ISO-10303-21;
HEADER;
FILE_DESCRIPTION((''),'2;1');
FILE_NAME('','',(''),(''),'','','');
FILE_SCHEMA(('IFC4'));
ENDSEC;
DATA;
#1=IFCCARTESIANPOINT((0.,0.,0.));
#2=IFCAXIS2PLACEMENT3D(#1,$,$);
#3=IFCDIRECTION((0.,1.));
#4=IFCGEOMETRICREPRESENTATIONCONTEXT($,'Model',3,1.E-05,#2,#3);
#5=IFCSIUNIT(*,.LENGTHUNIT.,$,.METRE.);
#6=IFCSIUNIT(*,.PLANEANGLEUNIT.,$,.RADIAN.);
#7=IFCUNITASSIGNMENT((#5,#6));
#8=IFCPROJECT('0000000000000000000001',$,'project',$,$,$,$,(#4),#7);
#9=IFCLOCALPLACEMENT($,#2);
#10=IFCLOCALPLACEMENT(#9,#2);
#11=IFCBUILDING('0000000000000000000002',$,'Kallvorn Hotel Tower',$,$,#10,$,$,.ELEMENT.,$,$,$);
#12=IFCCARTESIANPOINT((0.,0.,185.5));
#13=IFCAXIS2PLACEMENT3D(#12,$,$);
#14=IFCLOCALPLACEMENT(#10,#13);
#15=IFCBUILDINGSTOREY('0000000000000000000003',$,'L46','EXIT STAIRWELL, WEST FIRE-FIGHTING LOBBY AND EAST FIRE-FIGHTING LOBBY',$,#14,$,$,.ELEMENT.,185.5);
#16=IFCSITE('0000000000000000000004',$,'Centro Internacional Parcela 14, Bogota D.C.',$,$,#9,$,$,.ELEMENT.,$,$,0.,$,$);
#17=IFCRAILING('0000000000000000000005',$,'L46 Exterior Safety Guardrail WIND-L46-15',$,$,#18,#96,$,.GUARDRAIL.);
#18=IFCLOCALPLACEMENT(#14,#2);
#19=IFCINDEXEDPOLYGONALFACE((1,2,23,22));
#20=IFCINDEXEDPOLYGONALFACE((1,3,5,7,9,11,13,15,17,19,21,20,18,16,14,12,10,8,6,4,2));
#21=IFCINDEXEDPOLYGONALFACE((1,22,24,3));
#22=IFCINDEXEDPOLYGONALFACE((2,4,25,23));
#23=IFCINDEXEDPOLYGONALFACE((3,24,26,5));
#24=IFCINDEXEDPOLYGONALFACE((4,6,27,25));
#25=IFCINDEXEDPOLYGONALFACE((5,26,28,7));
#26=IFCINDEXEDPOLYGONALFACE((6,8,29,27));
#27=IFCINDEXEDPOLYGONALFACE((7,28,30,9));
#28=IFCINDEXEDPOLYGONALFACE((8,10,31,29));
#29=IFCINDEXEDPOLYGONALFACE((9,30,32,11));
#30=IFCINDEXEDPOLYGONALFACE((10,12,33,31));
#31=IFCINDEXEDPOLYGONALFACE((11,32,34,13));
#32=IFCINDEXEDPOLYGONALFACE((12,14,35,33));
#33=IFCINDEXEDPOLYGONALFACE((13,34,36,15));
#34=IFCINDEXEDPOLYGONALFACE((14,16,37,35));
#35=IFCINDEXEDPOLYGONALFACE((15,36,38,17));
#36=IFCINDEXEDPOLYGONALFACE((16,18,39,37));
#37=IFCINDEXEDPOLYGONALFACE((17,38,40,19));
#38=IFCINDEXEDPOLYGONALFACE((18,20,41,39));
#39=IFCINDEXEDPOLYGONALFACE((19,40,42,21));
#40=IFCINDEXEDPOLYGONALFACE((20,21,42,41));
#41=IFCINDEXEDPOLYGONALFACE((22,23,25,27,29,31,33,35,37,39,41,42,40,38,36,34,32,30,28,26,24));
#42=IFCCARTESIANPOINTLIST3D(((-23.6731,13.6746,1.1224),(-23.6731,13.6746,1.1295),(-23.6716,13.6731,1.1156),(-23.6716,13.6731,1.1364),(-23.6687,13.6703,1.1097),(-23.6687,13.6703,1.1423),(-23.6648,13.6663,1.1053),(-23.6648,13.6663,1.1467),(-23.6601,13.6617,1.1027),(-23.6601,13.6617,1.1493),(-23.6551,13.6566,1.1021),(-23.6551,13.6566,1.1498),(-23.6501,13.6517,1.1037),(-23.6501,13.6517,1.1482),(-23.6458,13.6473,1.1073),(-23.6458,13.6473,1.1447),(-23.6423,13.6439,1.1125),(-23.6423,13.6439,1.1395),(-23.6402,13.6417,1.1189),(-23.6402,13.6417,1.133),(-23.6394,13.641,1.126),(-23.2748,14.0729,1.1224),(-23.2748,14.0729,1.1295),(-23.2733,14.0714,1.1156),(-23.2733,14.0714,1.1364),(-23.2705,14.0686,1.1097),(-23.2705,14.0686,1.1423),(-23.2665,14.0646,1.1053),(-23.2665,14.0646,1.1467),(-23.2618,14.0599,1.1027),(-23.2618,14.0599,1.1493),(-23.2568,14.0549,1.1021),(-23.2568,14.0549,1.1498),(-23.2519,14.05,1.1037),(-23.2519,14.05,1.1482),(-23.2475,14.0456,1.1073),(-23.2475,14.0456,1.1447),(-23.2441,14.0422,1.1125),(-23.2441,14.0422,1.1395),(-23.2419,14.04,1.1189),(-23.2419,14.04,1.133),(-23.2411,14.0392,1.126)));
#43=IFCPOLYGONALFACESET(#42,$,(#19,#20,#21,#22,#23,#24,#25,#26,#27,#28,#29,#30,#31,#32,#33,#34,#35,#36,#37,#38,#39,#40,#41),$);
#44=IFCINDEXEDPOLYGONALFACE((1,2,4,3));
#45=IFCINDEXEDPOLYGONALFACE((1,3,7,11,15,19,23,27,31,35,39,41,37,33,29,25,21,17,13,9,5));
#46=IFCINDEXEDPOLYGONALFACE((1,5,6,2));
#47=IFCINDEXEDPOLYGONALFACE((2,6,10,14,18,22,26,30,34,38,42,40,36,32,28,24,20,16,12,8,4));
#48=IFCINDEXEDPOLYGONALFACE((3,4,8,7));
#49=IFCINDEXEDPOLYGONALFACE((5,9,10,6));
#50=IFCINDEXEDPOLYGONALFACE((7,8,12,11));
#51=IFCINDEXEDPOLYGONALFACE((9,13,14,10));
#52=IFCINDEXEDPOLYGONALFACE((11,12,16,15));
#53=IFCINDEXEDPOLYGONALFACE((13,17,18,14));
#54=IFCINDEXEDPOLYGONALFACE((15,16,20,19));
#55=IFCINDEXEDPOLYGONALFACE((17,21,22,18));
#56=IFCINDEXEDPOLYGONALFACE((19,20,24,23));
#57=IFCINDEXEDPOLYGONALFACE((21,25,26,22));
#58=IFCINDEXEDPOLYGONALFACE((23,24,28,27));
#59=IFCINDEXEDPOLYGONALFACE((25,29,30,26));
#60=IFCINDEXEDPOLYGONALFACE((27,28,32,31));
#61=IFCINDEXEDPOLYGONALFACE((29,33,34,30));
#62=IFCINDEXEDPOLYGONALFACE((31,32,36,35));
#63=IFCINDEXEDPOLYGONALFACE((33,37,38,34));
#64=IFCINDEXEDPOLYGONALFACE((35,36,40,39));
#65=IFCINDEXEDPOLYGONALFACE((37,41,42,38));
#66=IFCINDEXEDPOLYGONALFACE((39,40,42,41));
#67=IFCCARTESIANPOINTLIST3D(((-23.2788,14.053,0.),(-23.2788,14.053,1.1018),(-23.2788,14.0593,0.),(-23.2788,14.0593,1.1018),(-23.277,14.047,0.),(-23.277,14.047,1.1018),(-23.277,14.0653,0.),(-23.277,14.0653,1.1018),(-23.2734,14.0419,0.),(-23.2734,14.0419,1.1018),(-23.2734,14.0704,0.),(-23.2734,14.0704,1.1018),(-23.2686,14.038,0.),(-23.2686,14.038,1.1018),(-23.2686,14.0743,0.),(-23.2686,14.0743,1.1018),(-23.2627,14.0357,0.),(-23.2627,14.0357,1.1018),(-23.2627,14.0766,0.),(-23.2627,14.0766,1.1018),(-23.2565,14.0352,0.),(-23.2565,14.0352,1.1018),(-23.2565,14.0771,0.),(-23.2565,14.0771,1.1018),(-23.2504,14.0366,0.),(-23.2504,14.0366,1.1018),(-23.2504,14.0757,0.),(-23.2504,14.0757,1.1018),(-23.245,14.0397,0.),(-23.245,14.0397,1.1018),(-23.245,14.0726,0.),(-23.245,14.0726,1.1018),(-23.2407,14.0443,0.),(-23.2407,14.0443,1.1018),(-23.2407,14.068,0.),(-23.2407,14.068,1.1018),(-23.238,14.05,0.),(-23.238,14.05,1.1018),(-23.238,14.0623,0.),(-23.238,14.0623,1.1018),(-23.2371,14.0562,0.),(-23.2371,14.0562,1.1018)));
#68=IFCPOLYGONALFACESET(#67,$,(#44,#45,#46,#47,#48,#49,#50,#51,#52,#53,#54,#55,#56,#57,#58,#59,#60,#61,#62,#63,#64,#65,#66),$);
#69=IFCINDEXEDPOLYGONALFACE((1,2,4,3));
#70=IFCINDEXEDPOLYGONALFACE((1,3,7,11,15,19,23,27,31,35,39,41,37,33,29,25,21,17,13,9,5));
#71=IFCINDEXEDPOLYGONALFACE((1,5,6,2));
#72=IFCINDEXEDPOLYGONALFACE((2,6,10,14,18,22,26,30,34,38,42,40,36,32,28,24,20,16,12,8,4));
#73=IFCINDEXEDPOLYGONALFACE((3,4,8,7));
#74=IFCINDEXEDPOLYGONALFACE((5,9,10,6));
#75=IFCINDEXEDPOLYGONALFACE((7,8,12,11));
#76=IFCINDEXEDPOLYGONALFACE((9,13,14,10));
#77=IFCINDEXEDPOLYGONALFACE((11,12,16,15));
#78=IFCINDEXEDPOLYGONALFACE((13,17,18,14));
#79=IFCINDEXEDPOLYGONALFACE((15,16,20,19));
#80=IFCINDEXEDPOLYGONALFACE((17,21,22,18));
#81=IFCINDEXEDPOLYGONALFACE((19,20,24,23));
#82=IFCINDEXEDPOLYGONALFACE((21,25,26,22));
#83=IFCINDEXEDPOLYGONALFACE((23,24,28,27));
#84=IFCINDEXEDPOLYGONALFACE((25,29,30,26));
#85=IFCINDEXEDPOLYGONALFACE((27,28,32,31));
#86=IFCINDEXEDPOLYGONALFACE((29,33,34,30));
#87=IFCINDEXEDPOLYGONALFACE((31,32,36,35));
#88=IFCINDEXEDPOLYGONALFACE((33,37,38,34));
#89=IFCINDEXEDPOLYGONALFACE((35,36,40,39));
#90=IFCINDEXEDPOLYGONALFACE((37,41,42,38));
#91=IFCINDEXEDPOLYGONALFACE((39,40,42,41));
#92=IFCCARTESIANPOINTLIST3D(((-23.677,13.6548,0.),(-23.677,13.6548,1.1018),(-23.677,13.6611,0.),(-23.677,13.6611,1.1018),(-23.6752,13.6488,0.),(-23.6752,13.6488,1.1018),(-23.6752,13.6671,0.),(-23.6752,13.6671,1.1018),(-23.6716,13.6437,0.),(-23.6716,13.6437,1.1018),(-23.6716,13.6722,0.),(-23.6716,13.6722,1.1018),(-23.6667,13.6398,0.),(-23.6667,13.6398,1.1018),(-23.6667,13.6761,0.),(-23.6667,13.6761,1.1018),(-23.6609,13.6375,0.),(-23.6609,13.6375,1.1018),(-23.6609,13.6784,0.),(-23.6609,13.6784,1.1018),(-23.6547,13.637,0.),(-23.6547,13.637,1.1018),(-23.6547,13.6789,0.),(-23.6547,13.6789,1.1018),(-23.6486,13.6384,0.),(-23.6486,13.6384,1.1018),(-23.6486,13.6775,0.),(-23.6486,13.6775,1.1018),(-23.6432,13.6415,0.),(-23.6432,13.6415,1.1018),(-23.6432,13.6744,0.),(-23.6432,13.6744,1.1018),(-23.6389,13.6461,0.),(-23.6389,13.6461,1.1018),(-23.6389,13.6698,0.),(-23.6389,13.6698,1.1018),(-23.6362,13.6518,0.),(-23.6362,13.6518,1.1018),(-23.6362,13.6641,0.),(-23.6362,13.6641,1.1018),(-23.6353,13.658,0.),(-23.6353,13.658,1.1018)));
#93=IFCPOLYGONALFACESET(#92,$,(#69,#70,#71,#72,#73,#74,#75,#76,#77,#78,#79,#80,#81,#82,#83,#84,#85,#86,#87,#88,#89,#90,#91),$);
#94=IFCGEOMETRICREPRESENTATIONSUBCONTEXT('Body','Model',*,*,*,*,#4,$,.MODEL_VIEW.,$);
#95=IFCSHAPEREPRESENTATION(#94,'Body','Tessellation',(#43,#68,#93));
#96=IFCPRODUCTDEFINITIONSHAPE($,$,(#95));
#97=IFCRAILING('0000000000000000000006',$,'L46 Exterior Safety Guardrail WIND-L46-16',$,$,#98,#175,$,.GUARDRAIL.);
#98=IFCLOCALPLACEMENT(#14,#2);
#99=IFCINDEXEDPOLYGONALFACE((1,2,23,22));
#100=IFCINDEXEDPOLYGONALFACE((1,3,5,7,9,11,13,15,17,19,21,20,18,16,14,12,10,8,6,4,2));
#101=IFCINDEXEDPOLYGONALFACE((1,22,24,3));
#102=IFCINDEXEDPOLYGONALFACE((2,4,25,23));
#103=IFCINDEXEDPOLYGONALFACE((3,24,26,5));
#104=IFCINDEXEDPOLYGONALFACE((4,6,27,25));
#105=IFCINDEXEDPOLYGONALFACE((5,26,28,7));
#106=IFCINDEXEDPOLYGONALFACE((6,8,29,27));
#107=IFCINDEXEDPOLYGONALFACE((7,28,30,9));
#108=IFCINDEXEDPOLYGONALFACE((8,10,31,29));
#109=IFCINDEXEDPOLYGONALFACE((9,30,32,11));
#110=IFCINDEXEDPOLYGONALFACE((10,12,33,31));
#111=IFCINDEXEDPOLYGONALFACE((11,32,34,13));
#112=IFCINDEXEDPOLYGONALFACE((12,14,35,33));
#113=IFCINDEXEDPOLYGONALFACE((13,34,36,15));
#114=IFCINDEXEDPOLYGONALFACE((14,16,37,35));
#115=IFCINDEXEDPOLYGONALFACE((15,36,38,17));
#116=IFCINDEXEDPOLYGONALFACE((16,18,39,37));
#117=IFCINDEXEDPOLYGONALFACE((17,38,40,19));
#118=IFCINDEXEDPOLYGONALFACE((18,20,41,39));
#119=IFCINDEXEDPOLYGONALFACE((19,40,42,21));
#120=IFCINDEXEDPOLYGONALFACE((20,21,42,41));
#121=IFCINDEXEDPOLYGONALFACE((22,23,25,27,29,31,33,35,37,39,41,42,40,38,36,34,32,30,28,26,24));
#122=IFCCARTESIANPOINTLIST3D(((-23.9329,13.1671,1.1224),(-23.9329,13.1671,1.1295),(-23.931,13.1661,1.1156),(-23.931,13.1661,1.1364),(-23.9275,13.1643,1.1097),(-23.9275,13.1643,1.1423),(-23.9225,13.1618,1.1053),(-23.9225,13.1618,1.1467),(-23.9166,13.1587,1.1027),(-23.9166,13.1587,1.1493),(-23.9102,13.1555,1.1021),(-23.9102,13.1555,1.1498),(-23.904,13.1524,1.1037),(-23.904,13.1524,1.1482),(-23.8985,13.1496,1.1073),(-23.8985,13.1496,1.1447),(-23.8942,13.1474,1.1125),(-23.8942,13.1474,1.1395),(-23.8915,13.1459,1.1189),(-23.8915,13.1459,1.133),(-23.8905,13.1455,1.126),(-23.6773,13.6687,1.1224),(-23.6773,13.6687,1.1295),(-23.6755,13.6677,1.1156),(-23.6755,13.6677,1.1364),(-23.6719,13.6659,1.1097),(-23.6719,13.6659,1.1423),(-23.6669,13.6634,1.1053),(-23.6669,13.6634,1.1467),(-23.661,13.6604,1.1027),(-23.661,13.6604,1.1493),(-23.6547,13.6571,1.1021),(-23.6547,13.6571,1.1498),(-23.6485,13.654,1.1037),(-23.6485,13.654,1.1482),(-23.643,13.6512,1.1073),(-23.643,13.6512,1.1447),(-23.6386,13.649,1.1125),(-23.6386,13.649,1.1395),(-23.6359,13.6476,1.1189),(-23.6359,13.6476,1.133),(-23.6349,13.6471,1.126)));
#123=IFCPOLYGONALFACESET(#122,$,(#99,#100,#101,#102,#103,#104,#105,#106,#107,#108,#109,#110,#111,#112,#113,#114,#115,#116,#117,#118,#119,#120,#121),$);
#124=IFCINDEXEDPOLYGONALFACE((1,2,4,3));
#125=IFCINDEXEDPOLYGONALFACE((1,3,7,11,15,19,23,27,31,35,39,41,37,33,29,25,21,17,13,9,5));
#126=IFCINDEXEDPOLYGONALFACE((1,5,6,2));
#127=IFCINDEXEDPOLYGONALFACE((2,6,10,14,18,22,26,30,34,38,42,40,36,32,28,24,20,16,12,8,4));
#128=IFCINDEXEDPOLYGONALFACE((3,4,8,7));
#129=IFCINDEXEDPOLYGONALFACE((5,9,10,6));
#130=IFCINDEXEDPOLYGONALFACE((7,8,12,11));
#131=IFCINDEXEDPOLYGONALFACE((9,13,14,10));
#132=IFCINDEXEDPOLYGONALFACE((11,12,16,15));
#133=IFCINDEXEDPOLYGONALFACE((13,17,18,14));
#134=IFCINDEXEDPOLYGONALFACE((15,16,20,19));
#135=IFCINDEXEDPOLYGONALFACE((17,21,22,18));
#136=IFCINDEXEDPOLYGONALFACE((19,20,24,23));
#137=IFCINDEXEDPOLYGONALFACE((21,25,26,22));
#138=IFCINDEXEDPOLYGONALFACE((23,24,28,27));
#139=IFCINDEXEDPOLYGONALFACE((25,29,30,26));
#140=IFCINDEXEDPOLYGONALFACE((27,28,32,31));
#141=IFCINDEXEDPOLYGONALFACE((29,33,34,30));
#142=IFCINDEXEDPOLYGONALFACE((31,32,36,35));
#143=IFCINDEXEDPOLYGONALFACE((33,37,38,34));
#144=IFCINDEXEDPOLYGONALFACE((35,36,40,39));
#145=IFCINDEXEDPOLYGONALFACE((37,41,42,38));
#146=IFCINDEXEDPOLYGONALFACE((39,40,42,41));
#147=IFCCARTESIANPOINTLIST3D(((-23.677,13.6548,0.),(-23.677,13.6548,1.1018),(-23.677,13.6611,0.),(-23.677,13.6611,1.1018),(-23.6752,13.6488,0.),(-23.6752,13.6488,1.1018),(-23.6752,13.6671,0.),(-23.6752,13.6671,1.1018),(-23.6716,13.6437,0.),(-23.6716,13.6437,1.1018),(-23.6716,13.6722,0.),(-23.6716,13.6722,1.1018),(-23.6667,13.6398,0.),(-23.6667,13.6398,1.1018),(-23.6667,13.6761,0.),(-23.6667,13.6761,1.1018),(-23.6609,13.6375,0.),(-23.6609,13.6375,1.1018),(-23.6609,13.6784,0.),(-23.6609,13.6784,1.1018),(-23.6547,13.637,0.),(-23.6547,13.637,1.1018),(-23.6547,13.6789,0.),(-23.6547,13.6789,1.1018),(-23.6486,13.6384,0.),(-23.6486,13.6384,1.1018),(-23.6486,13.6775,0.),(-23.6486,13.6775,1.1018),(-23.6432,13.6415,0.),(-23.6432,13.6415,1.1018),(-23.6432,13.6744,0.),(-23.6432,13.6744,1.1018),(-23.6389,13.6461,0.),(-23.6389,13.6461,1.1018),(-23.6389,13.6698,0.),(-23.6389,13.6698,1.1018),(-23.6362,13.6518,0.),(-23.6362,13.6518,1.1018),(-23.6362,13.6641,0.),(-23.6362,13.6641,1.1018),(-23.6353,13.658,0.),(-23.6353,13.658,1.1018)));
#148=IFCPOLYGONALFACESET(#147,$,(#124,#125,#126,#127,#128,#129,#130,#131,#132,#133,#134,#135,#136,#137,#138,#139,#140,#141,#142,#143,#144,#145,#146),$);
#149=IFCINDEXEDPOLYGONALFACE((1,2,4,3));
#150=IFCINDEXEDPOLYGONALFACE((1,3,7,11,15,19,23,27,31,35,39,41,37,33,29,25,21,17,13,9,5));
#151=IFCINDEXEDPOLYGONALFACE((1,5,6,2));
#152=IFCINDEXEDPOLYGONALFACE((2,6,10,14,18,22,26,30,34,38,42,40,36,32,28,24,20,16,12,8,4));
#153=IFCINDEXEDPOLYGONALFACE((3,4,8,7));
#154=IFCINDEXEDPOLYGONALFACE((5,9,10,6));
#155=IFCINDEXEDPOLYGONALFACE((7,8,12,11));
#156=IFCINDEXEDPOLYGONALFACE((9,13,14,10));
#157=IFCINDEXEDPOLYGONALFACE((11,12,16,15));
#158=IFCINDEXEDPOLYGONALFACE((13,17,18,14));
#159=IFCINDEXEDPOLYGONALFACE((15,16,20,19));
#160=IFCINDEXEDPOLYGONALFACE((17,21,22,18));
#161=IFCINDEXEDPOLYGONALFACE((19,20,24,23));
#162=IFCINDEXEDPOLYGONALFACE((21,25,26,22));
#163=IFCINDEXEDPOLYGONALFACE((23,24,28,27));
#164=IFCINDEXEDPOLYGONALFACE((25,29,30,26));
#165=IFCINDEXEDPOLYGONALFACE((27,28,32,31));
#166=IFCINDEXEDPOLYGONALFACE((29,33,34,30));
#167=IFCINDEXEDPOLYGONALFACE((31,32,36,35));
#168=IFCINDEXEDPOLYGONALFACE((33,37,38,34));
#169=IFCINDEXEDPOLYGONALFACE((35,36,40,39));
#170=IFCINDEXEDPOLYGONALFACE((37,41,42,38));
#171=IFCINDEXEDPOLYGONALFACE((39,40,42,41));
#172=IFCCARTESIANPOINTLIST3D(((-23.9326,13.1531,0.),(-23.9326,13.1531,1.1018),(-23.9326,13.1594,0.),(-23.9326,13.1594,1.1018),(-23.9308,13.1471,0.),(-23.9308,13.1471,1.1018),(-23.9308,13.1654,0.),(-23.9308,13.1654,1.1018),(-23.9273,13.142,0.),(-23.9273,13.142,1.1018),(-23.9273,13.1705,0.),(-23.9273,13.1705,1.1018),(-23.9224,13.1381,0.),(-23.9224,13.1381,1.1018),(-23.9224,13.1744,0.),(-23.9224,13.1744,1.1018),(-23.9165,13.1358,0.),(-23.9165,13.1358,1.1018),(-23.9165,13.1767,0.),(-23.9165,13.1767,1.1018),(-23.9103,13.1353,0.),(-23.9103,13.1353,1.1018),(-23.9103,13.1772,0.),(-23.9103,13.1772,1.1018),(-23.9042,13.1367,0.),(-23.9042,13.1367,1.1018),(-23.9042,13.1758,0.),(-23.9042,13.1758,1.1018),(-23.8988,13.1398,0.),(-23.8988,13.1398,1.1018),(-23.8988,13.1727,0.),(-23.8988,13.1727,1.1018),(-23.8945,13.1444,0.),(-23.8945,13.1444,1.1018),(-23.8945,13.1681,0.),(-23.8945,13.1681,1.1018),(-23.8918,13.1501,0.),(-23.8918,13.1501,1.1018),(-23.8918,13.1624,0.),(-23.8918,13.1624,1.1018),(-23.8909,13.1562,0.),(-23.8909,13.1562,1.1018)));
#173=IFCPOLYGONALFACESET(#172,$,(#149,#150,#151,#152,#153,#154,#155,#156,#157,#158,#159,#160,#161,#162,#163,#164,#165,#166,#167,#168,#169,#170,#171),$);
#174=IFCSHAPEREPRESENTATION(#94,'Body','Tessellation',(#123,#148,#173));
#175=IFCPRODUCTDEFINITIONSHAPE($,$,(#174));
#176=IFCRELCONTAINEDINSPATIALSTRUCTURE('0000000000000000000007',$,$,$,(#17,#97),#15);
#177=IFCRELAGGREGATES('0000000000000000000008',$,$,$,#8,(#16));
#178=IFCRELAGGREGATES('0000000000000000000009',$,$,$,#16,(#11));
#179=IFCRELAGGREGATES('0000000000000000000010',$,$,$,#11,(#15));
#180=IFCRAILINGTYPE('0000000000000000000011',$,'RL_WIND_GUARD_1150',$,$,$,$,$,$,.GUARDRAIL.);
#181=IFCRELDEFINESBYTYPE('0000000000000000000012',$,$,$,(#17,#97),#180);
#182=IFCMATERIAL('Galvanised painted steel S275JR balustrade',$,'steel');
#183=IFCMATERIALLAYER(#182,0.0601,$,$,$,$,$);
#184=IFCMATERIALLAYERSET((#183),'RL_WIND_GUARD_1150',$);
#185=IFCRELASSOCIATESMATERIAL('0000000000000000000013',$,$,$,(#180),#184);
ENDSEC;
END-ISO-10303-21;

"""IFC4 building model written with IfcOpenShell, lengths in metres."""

from ifc_helpers import new_model, si_unit, direction, frame, origin, origin_2d, place, context, subcontext, project, spatial, circle, extrude, material, layer, layer_set, type_object, element, save


model = new_model("IFC4")

# Units and contexts
model_context = context("Model", 3, precision=1e-05, world=origin(), true_north=direction((0.0, 1.0)))
body_context = subcontext(model_context, "Body", "Model", "MODEL_VIEW")
ifc_project = project(units=[si_unit("LENGTHUNIT", "METRE"), si_unit("PLANEANGLEUNIT", "RADIAN")], contexts=[model_context])

# Site, building, storey
site_placement = place(None, origin())
site = spatial("IfcSite", under=ifc_project, at=site_placement, Name="Centro Internacional Parcela 14, Bogota D.C.", CompositionType="ELEMENT", RefElevation=0.0)
building_placement = place(site_placement, origin())
building = spatial("IfcBuilding", under=site, at=building_placement, Name="Kallvorn Hotel Tower", CompositionType="ELEMENT")
storey_placement = place(building_placement, frame((0.0, 0.0, 185.5)))
storey = spatial("IfcBuildingStorey", under=building, at=storey_placement, Name="L46", Description="EXIT STAIRWELL, WEST FIRE-FIGHTING LOBBY AND EAST FIRE-FIGHTING LOBBY", CompositionType="ELEMENT", Elevation=185.5)

# Railings
ifc_material_1 = material(Name="Galvanised painted steel S275JR balustrade", Category="steel")
ifc_layer_1 = layer(ifc_material_1, 0.0601)
ifc_layer_set_1 = layer_set([ifc_layer_1], Name="RL_WIND_GUARD_1150")
railing_type = type_object("IfcRailingType", Name="RL_WIND_GUARD_1150", PredefinedType="GUARDRAIL", material=ifc_layer_set_1)
railing_1_placement = place(storey_placement, frame((-23.2581, 14.0562, 0.0)))
element("IfcRailing", 1, at=railing_1_placement, inside=storey, type_object=railing_type, Name="L46 Exterior Safety Guardrail WIND-L46-15", PredefinedType="GUARDRAIL", context=body_context, shape_type="SweptSolid", body=[
    extrude(circle(Radius=0.0239, at=origin_2d()), frame((0.0, 0.0, 1.126), z_axis=(-0.707107, -0.707107, 0.0), x_axis=(0.707107, -0.707107, 0.0)), (0.0, 0.0, 1.0), 0.5632),
    extrude(circle(Radius=0.021, at=origin_2d()), origin(), (0.0, 0.0, 1.0), 1.1018),
    extrude(circle(Radius=0.021, at=origin_2d()), frame((-0.3982, -0.3982, 0.0)), (0.0, 0.0, 1.0), 1.1018),
])
railing_2_placement = place(storey_placement, frame((-23.6562, 13.658, 0.0)))
element("IfcRailing", 2, at=railing_2_placement, inside=storey, type_object=railing_type, Name="L46 Exterior Safety Guardrail WIND-L46-16", PredefinedType="GUARDRAIL", context=body_context, shape_type="SweptSolid", body=[
    extrude(circle(Radius=0.0239, at=origin_2d()), frame((0.0, 0.0, 1.126), z_axis=(-0.453965, -0.89102, 0.0), x_axis=(0.89102, -0.453965, 0.0)), (0.0, 0.0, 1.0), 0.563),
    extrude(circle(Radius=0.021, at=origin_2d()), origin(), (0.0, 0.0, 1.0), 1.1018),
    extrude(circle(Radius=0.021, at=origin_2d()), frame((-0.2556, -0.5017, 0.0)), (0.0, 0.0, 1.0), 1.1018),
])

save(model, "model.ifc")
